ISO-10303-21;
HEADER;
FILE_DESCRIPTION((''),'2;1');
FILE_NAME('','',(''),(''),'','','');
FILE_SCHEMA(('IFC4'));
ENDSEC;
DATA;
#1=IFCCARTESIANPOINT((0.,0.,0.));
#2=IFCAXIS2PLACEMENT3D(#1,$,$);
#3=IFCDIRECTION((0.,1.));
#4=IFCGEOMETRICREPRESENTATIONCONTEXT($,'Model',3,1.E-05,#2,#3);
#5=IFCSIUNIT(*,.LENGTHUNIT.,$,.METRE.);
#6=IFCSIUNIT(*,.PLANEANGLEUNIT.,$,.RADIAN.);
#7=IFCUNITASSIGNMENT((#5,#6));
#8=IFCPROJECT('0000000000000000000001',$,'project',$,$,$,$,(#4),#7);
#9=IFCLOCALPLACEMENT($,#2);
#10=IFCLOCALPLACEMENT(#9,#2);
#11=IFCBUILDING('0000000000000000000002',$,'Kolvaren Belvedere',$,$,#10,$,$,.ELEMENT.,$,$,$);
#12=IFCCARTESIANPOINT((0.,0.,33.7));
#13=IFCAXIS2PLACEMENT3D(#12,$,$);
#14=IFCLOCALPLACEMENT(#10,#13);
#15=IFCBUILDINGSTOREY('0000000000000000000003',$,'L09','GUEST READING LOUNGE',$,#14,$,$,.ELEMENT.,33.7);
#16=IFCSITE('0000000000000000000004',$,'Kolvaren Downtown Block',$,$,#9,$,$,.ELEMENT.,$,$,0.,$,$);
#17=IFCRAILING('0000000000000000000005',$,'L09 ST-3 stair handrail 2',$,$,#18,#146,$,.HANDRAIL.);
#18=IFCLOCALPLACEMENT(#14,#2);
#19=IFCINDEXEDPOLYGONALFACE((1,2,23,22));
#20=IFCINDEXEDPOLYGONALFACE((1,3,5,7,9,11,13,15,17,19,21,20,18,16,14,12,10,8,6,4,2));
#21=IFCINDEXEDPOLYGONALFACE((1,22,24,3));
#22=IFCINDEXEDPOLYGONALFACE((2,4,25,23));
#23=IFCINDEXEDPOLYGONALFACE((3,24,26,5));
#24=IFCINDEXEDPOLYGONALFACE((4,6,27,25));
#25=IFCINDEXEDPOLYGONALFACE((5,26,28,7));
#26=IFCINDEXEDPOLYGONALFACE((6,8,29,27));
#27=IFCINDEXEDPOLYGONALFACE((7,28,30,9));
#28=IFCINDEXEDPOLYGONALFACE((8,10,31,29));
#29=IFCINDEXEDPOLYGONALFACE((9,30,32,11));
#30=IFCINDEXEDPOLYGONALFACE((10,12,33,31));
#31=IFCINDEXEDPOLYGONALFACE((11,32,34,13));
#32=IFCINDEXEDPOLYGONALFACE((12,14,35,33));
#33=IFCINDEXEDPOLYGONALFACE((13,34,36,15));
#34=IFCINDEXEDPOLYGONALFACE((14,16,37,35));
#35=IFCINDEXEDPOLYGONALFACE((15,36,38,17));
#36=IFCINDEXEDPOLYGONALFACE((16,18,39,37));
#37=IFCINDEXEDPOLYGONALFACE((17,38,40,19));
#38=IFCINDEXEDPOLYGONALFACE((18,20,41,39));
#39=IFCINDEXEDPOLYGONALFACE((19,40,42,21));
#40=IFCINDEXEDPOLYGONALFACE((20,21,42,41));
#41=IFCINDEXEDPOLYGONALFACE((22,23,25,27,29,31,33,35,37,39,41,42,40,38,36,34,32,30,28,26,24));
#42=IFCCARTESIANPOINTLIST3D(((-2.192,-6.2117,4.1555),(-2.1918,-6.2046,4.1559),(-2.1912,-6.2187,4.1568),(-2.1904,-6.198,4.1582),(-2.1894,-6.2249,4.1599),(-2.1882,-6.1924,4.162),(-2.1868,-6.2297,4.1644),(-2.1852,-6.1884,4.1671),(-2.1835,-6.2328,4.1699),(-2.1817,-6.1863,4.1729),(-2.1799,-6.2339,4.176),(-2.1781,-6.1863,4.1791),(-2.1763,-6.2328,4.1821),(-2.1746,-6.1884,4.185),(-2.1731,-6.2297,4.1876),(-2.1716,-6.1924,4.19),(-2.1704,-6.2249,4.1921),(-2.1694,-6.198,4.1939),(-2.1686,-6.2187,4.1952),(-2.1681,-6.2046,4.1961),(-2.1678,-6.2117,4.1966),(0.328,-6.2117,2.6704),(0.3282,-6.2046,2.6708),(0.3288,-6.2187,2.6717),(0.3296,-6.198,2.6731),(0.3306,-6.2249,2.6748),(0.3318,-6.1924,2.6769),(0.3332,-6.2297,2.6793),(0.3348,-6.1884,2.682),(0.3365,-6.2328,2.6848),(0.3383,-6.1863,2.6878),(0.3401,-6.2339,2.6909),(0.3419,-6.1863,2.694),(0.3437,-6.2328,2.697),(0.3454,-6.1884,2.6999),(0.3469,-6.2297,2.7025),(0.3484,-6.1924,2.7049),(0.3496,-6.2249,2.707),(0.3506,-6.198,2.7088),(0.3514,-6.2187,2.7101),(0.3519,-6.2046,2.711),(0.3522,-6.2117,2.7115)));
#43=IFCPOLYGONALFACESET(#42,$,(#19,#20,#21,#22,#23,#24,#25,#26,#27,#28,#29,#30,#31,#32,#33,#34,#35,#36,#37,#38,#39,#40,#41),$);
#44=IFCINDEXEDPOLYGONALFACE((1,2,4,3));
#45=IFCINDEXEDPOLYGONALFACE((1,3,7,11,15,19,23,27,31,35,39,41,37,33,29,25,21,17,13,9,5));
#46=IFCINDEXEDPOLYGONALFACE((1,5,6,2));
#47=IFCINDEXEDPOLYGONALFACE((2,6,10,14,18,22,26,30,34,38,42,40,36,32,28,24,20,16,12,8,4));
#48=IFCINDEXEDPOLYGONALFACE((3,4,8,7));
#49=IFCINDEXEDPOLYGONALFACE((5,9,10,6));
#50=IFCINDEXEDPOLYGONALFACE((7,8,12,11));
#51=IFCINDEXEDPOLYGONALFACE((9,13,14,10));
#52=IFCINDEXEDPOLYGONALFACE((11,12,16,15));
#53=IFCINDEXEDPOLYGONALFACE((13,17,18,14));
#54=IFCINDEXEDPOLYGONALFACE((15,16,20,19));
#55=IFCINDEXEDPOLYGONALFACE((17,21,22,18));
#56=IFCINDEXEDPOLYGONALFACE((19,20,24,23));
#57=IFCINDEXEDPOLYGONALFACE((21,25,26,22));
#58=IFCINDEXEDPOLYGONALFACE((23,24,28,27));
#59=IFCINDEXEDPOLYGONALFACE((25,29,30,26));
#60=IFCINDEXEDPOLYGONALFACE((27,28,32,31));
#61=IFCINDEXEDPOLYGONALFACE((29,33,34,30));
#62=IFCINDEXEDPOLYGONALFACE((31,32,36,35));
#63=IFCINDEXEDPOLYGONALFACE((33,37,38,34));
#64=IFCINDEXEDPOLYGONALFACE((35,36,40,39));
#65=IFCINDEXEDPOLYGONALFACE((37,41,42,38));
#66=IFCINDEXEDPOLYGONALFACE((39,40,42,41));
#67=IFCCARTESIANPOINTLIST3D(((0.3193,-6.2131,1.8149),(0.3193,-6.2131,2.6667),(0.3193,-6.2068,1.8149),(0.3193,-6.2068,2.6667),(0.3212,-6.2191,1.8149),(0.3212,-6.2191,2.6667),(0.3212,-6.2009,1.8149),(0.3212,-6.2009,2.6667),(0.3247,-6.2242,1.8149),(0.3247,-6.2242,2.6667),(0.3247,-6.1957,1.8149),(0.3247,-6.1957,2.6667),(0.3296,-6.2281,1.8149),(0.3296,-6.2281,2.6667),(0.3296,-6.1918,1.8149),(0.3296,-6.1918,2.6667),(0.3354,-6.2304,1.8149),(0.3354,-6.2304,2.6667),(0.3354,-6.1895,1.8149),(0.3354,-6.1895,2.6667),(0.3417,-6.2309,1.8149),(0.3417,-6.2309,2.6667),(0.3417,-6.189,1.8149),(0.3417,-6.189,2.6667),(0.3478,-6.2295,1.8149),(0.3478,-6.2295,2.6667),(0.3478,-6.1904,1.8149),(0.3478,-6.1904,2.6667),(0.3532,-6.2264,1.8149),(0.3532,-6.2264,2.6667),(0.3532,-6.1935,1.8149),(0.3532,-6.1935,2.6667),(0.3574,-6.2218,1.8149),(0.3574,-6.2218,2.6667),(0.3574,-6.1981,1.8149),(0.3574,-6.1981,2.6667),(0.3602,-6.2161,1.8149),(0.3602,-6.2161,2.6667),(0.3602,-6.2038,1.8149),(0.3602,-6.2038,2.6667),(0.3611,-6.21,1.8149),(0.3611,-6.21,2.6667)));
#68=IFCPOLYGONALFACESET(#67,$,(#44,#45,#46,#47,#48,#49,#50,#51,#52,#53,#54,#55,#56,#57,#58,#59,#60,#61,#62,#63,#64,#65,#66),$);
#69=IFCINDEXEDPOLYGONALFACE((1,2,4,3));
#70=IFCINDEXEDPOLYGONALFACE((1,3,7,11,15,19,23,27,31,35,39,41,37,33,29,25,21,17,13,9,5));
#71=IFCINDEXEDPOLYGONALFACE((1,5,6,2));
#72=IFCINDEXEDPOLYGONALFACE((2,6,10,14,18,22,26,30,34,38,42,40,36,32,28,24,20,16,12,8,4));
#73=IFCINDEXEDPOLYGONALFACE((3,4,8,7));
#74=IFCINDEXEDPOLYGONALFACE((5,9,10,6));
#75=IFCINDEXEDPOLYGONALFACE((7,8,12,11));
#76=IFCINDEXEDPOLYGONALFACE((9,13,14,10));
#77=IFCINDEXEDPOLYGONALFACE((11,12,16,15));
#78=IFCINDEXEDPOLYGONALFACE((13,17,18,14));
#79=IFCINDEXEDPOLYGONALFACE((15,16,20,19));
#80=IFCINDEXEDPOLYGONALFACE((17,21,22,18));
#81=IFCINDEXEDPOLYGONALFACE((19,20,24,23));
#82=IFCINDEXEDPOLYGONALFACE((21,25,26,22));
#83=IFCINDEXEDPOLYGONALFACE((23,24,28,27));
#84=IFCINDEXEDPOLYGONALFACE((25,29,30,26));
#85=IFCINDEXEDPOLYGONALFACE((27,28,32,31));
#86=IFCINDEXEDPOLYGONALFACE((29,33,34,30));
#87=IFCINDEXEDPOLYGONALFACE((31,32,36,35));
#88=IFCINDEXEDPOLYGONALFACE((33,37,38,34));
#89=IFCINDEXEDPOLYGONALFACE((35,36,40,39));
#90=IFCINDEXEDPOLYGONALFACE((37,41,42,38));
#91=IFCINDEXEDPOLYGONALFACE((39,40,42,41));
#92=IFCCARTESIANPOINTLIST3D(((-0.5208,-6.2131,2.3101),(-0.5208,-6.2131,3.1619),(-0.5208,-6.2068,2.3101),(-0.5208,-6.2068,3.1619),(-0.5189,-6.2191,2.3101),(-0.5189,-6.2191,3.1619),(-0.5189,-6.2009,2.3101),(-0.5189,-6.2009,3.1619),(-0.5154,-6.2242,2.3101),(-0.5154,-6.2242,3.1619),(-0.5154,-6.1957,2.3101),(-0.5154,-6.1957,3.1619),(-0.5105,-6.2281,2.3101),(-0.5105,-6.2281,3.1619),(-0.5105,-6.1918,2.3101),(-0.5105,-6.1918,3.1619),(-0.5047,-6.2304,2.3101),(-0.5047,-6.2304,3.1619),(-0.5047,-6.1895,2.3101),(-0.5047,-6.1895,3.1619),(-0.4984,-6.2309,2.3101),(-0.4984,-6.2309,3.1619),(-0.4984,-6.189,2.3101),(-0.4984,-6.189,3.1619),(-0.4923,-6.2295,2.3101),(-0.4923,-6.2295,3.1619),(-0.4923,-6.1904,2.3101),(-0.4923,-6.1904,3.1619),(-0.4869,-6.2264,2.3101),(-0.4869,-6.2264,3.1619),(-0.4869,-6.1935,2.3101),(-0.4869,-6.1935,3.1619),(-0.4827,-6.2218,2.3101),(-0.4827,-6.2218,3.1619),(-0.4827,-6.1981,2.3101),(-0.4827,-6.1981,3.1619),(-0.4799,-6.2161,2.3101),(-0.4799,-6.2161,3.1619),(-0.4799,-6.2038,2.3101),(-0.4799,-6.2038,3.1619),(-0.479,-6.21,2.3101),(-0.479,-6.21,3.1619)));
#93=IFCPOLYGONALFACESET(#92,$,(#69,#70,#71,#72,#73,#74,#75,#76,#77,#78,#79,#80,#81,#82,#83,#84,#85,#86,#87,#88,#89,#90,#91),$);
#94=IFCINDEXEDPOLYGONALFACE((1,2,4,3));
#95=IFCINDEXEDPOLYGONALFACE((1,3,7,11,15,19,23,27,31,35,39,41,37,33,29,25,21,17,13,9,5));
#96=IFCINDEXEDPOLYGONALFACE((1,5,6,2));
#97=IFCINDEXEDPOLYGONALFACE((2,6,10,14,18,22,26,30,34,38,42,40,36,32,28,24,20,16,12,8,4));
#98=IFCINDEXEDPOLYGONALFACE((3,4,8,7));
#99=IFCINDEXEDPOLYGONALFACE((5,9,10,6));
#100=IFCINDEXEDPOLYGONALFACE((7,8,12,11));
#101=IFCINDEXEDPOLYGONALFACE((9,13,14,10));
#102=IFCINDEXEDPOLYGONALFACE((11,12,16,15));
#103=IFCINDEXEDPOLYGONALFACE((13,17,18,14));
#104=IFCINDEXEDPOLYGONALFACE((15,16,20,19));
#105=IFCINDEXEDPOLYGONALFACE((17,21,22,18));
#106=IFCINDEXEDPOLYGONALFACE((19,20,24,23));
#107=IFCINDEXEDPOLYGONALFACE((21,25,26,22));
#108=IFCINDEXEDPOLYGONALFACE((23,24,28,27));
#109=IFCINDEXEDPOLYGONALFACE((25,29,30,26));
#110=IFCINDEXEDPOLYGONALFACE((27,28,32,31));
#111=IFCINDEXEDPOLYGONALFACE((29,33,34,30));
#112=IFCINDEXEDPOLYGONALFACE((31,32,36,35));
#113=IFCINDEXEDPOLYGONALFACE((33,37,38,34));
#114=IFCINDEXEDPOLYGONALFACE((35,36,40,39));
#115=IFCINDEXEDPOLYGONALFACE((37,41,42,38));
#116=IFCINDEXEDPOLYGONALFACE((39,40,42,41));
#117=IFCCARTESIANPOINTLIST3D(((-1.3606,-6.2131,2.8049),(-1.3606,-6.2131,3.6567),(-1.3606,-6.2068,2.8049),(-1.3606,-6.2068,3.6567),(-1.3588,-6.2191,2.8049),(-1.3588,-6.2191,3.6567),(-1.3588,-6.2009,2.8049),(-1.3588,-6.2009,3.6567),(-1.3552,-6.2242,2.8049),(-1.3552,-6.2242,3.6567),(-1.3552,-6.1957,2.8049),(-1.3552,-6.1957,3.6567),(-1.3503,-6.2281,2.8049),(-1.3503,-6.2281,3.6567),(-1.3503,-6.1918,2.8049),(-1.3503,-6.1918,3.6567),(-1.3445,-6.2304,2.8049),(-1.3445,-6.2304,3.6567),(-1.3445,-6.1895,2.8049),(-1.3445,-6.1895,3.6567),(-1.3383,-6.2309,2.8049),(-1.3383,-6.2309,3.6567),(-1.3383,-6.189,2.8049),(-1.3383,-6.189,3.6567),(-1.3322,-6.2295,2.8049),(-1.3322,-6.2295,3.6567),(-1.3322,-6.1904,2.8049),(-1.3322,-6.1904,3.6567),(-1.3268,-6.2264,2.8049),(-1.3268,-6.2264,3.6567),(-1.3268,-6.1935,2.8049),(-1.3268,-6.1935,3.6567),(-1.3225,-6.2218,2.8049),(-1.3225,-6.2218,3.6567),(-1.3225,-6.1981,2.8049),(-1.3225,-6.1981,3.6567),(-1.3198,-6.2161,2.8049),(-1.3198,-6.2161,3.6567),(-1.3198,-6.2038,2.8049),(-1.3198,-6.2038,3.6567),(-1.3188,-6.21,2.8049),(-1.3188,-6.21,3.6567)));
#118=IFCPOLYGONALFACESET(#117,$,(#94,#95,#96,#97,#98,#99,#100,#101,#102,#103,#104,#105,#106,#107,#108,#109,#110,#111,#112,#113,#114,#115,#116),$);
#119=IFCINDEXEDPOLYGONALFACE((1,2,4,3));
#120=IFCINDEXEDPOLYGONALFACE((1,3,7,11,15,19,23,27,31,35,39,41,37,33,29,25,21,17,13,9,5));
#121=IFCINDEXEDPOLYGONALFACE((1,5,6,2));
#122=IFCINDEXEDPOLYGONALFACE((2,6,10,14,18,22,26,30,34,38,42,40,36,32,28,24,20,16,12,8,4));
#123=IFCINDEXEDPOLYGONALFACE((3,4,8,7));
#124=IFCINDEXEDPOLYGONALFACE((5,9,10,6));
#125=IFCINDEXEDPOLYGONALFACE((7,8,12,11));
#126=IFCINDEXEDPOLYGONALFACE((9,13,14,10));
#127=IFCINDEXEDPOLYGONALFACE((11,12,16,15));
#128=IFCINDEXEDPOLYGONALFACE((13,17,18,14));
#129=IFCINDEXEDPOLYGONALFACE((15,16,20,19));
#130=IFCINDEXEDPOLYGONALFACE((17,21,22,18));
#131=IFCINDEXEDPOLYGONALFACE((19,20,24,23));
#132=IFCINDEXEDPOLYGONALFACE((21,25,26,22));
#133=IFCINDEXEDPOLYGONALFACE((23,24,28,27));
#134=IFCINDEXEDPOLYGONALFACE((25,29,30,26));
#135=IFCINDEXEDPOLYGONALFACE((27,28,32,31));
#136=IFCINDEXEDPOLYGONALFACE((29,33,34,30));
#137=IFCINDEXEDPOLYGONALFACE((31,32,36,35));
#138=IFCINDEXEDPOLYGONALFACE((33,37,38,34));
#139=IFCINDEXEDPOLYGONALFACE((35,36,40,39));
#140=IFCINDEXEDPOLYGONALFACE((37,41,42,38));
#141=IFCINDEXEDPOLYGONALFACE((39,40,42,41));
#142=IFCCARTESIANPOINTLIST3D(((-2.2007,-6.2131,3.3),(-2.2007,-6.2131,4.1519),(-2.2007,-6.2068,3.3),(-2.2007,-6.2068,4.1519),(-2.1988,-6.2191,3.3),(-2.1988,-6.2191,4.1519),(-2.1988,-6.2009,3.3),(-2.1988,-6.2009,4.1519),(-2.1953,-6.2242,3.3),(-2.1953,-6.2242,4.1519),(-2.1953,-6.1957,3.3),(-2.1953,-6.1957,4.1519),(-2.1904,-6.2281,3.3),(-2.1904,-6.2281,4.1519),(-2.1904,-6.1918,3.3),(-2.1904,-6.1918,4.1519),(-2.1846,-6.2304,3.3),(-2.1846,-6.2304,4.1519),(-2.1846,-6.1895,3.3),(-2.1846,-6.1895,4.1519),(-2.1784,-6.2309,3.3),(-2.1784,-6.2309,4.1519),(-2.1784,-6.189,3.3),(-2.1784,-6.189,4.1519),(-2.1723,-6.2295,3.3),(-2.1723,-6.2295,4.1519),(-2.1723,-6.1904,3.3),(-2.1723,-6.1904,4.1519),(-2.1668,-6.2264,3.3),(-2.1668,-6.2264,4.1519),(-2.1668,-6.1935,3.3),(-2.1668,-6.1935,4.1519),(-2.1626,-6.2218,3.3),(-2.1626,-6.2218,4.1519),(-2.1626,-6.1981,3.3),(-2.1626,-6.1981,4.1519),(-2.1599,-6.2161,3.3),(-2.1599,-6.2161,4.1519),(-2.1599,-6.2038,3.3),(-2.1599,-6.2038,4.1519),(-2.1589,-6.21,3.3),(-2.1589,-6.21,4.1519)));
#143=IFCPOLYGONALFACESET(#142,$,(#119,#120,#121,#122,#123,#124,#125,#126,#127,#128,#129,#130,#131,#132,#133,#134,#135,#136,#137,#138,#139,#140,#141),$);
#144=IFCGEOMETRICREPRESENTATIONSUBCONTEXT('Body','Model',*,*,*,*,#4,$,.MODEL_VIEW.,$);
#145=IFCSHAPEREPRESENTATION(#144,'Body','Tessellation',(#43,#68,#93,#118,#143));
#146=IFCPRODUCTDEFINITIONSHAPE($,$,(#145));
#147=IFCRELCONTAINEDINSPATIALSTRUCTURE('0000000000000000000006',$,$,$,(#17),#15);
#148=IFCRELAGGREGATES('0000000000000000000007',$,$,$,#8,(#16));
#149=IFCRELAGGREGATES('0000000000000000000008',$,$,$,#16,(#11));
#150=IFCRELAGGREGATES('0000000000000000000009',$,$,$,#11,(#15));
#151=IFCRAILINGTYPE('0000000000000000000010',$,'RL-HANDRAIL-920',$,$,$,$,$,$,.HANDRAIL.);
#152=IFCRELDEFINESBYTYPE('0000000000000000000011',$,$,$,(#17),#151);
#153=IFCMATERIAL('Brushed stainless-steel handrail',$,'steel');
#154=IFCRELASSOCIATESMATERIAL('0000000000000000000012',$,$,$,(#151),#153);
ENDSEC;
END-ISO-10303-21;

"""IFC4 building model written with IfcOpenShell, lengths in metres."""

from ifc_helpers import new_model, si_unit, direction, frame, origin, origin_2d, place, context, subcontext, project, spatial, circle, extrude, material, type_object, element, save


model = new_model("IFC4")

# Units and contexts
model_context = context("Model", 3, precision=1e-05, world=origin(), true_north=direction((0.0, 1.0)))
body_context = subcontext(model_context, "Body", "Model", "MODEL_VIEW")
ifc_project = project(units=[si_unit("LENGTHUNIT", "METRE"), si_unit("PLANEANGLEUNIT", "RADIAN")], contexts=[model_context])

# Site, building, storey
site_placement = place(None, origin())
site = spatial("IfcSite", under=ifc_project, at=site_placement, Name="Kolvaren Downtown Block", CompositionType="ELEMENT", RefElevation=0.0)
building_placement = place(site_placement, origin())
building = spatial("IfcBuilding", under=site, at=building_placement, Name="Kolvaren Belvedere", CompositionType="ELEMENT")
storey_placement = place(building_placement, frame((0.0, 0.0, 33.7)))
storey = spatial("IfcBuildingStorey", under=building, at=storey_placement, Name="L09", Description="GUEST READING LOUNGE", CompositionType="ELEMENT", Elevation=33.7)

# Railing
ifc_material_1 = material(Name="Brushed stainless-steel handrail", Category="steel")
railing_type_1 = type_object("IfcRailingType", Name="RL-HANDRAIL-920", PredefinedType="HANDRAIL", material=ifc_material_1)
railing_1_placement = place(storey_placement, frame((0.3401, -6.21, 1.8149)))
element("IfcRailing", 1, at=railing_1_placement, inside=storey, type_object=railing_type_1, Name="L09 ST-3 stair handrail 2", PredefinedType="HANDRAIL", context=body_context, shape_type="SweptSolid", body=[
    extrude(circle(Radius=0.0239, at=origin_2d()), frame((0.0, 0.0, 0.876), z_axis=(-0.861524, 0.0, 0.507717), x_axis=(0.0, -1.0, 0.0)), (0.0, 0.0, 1.0), 2.925),
    extrude(circle(Radius=0.021, at=origin_2d()), origin(), (0.0, 0.0, 1.0), 0.8518),
    extrude(circle(Radius=0.021, at=origin_2d()), frame((-0.8401, 0.0, 0.4951)), (0.0, 0.0, 1.0), 0.8518),
    extrude(circle(Radius=0.021, at=origin_2d()), frame((-1.6799, 0.0, 0.99)), (0.0, 0.0, 1.0), 0.8518),
    extrude(circle(Radius=0.021, at=origin_2d()), frame((-2.52, 0.0, 1.4851)), (0.0, 0.0, 1.0), 0.8518),
])

save(model, "model.ifc")
